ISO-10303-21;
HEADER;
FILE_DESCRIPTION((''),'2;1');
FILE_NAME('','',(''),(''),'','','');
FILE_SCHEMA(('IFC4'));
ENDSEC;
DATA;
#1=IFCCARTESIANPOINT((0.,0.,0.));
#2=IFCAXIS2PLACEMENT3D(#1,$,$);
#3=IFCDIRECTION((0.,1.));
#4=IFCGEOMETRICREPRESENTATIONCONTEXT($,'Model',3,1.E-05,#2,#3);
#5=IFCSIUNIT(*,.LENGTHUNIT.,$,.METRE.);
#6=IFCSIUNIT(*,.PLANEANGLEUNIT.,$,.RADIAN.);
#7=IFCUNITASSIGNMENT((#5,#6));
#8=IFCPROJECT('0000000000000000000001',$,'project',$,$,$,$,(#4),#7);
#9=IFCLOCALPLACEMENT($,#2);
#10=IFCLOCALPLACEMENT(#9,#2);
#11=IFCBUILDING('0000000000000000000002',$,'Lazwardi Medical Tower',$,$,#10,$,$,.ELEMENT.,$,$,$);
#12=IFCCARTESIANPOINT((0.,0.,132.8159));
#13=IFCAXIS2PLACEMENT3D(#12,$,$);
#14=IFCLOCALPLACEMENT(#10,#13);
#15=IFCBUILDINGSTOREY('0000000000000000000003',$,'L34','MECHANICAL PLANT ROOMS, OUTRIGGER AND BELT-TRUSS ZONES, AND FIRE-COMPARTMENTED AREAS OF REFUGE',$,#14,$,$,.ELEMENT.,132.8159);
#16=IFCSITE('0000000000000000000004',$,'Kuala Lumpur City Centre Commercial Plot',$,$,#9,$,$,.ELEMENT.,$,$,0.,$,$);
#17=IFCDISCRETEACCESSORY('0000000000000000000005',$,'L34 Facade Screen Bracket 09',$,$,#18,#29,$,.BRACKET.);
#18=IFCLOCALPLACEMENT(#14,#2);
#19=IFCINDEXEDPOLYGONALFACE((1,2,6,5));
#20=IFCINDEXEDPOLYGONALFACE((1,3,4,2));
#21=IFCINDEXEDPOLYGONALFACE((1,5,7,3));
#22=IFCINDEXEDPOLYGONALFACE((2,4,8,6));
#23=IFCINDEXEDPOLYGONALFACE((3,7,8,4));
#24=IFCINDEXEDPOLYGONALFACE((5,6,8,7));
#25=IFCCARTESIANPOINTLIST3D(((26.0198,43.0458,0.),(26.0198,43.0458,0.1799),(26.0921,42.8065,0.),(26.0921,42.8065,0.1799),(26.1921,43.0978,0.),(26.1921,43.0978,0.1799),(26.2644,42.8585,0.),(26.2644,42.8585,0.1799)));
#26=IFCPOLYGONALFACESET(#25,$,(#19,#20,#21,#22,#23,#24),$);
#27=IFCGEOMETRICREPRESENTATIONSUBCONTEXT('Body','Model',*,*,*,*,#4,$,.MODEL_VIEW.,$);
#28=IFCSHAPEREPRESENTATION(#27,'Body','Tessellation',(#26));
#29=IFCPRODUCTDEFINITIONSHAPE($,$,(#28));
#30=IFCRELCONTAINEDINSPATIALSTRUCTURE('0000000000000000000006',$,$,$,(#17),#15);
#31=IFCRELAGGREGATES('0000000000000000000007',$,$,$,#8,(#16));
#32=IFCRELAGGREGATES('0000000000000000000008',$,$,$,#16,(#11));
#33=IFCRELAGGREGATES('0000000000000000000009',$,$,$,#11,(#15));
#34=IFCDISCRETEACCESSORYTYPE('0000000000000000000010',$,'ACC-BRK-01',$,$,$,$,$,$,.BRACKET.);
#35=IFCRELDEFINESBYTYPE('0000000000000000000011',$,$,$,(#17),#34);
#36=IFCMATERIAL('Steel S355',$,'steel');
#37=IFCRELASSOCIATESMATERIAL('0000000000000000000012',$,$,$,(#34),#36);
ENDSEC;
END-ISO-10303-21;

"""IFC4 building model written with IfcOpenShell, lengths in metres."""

from ifc_helpers import new_model, si_unit, direction, frame, origin, origin_2d, place, context, subcontext, project, spatial, rectangle, extrude, material, type_object, element, save


model = new_model("IFC4")

# Units and contexts
model_context = context("Model", 3, precision=1e-05, world=origin(), true_north=direction((0.0, 1.0)))
body_context = subcontext(model_context, "Body", "Model", "MODEL_VIEW")
ifc_project = project(units=[si_unit("LENGTHUNIT", "METRE"), si_unit("PLANEANGLEUNIT", "RADIAN")], contexts=[model_context])

# Site, building, storey
site_placement = place(None, origin())
site = spatial("IfcSite", under=ifc_project, at=site_placement, Name="Kuala Lumpur City Centre Commercial Plot", CompositionType="ELEMENT", RefElevation=0.0)
building_placement = place(site_placement, origin())
building = spatial("IfcBuilding", under=site, at=building_placement, Name="Lazwardi Medical Tower", CompositionType="ELEMENT")
storey_placement = place(building_placement, frame((0.0, 0.0, 132.8159)))
storey = spatial("IfcBuildingStorey", under=building, at=storey_placement, Name="L34", Description="MECHANICAL PLANT ROOMS, OUTRIGGER AND BELT-TRUSS ZONES, AND FIRE-COMPARTMENTED AREAS OF REFUGE", CompositionType="ELEMENT", Elevation=132.8159)

# Shared definitions
ifc_material_1 = material(Name="Steel S355", Category="steel")

# Discrete accessory
discrete_accessory_type = type_object("IfcDiscreteAccessoryType", Name="ACC-BRK-01", PredefinedType="BRACKET", material=ifc_material_1)
discrete_accessory_placement = place(storey_placement, frame((26.1421, 42.9521, 0.0), z_axis=(0.0, 0.0, 1.0), x_axis=(-0.957299, -0.289099, 0.0)))
element("IfcDiscreteAccessory", 1, at=discrete_accessory_placement, inside=storey, type_object=discrete_accessory_type, Name="L34 Facade Screen Bracket 09", PredefinedType="BRACKET", context=body_context, shape_type="SweptSolid", body=[
    extrude(rectangle(XDim=0.1799, YDim=0.25, at=origin_2d()), origin(), (0.0, 0.0, 1.0), 0.1799),
])

save(model, "model.ifc")
